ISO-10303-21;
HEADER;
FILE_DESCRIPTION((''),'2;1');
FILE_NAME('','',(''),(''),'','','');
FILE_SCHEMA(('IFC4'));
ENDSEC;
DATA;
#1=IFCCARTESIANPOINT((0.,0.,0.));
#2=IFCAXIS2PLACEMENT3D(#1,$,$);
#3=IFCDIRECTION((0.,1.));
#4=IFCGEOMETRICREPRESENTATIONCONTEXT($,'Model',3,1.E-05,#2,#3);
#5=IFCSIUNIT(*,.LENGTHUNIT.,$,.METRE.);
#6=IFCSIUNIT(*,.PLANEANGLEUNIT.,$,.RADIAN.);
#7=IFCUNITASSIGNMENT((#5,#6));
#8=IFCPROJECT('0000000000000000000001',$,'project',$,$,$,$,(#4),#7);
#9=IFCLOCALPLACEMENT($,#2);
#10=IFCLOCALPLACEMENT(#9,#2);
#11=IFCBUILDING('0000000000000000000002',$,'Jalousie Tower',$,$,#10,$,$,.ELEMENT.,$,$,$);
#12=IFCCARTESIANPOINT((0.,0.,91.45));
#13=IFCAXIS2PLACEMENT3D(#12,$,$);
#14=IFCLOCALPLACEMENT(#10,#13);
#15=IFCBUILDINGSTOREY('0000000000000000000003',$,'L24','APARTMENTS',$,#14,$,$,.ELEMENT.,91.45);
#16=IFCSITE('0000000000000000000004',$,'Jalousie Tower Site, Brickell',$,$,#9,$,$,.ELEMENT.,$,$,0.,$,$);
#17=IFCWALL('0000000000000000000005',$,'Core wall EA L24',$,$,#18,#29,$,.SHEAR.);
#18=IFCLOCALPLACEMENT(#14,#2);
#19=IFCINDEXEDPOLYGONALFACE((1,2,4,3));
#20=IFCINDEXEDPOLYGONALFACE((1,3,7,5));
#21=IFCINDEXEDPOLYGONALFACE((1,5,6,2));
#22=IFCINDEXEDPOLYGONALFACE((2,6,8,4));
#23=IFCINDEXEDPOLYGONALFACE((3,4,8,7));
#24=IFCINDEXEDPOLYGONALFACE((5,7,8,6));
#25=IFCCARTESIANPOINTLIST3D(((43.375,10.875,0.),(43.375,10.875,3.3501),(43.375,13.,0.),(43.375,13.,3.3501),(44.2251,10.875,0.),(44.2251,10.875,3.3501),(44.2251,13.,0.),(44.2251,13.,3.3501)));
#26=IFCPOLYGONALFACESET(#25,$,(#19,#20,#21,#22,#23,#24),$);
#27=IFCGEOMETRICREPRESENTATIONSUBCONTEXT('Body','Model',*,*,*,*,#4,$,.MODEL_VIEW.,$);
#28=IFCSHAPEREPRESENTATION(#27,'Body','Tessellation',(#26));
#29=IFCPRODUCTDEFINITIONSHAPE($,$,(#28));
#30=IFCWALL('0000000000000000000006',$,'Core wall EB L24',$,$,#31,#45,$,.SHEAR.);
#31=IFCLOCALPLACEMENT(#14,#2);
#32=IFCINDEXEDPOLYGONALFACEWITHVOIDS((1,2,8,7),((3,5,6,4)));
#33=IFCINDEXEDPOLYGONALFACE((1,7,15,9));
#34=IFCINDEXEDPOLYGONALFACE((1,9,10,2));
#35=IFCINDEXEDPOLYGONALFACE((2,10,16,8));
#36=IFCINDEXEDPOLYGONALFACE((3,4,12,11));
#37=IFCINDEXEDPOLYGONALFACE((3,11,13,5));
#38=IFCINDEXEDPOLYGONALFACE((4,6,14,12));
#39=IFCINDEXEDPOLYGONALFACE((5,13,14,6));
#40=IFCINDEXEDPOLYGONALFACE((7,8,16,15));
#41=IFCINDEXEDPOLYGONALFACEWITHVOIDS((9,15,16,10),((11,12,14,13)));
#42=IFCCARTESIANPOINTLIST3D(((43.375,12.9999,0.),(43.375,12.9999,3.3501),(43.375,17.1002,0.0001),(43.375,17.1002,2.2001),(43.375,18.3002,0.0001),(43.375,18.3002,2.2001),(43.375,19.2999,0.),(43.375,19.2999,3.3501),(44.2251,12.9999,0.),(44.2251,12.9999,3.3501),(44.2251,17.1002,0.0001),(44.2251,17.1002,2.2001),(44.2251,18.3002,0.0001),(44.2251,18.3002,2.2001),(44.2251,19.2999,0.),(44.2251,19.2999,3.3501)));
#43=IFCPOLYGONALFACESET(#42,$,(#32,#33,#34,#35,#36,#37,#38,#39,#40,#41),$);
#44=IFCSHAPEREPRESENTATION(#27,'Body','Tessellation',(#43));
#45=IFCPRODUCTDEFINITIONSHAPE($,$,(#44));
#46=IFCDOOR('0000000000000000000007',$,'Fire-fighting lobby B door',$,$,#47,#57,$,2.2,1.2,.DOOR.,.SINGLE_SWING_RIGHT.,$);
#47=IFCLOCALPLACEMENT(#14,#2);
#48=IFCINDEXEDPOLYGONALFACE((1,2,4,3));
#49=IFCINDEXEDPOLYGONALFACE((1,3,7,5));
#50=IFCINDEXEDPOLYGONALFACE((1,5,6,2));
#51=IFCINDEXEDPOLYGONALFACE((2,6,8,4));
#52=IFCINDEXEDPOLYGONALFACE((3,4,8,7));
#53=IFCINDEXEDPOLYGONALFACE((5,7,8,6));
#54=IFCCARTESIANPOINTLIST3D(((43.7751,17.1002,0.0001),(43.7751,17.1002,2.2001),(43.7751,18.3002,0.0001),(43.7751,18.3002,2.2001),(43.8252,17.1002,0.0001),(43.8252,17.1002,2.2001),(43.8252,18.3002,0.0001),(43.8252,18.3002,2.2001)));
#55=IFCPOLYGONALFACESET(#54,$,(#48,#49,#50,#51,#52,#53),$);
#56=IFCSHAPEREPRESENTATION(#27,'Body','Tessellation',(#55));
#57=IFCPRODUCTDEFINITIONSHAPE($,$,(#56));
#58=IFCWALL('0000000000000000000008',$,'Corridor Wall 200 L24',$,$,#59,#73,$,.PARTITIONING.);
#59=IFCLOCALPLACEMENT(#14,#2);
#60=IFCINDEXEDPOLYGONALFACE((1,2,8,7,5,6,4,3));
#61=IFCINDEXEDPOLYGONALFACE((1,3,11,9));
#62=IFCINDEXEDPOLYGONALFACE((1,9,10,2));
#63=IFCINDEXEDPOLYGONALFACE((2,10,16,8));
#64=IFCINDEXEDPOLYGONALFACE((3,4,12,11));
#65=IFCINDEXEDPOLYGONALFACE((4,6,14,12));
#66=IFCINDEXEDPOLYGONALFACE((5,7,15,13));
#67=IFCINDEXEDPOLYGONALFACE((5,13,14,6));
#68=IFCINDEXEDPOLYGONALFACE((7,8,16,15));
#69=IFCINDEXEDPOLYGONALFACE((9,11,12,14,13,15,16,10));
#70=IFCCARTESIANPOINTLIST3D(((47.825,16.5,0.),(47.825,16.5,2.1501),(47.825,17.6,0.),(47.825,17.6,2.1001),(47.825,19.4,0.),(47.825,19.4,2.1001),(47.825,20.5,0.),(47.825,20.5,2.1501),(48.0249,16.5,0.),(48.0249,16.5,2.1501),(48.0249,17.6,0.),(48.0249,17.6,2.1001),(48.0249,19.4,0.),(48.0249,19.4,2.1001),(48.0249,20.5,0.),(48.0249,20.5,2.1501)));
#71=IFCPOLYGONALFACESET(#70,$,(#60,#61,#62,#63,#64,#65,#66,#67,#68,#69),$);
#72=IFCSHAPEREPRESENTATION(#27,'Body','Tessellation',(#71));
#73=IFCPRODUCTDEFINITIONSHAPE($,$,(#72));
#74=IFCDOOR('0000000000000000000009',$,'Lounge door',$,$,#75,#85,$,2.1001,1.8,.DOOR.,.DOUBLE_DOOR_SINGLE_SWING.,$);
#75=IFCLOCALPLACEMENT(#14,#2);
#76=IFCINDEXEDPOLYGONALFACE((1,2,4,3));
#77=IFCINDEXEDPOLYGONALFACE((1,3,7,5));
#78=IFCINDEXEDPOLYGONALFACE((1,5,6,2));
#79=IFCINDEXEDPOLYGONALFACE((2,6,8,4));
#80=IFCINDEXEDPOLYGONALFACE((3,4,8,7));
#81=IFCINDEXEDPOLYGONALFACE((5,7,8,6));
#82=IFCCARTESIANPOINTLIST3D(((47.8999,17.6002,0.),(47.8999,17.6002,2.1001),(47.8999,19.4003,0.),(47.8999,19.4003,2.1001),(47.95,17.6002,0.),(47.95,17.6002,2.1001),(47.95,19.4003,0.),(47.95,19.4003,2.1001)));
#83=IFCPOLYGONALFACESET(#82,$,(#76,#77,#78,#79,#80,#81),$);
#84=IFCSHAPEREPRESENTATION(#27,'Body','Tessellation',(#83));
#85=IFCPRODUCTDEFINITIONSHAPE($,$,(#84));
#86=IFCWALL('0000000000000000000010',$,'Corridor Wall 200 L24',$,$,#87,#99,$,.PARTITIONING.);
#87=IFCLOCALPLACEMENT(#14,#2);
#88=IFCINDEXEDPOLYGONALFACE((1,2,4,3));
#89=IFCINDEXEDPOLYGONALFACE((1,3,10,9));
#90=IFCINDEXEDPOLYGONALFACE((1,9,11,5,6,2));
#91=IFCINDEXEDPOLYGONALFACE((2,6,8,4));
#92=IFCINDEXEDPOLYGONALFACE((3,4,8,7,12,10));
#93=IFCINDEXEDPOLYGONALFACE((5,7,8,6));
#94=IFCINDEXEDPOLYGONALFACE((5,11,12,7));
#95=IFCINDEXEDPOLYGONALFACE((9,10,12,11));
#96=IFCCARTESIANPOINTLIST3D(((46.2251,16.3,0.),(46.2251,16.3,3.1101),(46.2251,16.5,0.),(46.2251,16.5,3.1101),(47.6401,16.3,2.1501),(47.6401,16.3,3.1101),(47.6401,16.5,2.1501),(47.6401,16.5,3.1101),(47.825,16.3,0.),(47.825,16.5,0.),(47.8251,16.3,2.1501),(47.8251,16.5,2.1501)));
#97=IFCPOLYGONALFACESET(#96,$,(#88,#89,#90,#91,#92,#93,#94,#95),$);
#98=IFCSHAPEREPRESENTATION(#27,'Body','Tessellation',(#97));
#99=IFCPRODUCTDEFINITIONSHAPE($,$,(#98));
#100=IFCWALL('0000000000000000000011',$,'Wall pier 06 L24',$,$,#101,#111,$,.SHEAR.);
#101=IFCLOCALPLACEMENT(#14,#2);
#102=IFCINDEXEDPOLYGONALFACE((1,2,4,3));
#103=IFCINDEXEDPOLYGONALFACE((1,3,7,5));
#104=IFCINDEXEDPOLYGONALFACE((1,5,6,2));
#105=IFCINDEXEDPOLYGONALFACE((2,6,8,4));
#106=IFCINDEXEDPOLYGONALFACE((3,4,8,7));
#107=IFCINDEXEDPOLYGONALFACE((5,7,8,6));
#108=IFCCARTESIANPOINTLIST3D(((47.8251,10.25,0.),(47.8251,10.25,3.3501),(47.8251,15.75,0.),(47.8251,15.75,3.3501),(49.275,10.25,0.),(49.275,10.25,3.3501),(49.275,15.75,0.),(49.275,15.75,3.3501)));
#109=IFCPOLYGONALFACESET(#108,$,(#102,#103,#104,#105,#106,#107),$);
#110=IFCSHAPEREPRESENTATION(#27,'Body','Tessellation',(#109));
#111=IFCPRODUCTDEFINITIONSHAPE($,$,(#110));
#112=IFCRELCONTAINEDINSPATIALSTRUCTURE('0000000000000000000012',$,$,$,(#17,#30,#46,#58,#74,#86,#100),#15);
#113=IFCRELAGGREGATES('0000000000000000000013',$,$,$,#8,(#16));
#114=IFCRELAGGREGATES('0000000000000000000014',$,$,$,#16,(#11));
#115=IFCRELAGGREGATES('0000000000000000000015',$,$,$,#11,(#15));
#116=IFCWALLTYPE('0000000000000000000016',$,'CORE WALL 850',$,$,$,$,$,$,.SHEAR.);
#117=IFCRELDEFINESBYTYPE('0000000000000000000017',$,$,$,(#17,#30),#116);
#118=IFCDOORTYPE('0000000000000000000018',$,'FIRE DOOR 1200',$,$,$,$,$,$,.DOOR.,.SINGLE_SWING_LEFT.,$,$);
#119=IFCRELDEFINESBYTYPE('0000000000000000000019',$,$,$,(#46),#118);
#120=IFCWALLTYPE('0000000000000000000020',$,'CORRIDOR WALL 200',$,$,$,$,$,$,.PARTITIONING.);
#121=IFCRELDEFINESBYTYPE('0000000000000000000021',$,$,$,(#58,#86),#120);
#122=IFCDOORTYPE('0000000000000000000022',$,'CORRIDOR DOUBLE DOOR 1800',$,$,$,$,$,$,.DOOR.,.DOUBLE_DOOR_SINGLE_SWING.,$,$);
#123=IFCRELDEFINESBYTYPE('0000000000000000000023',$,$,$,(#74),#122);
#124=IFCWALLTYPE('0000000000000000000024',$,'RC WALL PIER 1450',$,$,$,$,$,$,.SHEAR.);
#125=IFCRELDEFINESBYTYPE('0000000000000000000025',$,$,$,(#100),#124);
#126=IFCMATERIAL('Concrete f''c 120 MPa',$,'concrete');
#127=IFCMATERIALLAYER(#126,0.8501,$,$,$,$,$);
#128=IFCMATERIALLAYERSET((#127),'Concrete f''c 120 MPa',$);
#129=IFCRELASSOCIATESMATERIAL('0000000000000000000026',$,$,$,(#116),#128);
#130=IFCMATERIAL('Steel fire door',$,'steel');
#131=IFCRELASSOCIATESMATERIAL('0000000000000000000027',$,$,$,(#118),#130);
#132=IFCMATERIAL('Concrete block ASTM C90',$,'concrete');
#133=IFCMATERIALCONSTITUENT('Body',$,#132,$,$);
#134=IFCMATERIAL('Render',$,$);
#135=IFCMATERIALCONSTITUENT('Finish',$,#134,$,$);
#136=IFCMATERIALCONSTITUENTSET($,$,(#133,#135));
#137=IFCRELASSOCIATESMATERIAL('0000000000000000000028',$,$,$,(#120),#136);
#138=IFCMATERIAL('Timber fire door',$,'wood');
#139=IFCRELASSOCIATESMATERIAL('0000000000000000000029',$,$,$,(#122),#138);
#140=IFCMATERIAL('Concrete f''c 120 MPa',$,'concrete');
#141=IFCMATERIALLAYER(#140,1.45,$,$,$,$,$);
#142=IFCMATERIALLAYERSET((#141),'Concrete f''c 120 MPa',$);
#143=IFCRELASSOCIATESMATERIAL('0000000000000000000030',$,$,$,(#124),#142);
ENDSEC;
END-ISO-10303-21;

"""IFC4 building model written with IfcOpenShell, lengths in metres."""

from ifc_helpers import new_model, si_unit, direction, frame, frame_2d, origin, place, context, subcontext, project, spatial, polyline, rectangle, outline, extrude, material, layer, layer_set, constituent, constituent_set, type_object, element, fill, save


model = new_model("IFC4")

# Units and contexts
model_context = context("Model", 3, precision=1e-05, world=origin(), true_north=direction((0.0, 1.0)))
body_context = subcontext(model_context, "Body", "Model", "MODEL_VIEW")
ifc_project = project(units=[si_unit("LENGTHUNIT", "METRE"), si_unit("PLANEANGLEUNIT", "RADIAN")], contexts=[model_context])

# Site, building, storey
site_placement = place(None, origin())
site = spatial("IfcSite", under=ifc_project, at=site_placement, Name="Jalousie Tower Site, Brickell", CompositionType="ELEMENT", RefElevation=0.0)
building_placement = place(site_placement, origin())
building = spatial("IfcBuilding", under=site, at=building_placement, Name="Jalousie Tower", CompositionType="ELEMENT")
storey_placement = place(building_placement, frame((0.0, 0.0, 91.45)))
storey = spatial("IfcBuildingStorey", under=building, at=storey_placement, Name="L24", Description="APARTMENTS", CompositionType="ELEMENT", Elevation=91.45)

# Wall
ifc_material_1 = material(Name="Concrete f'c 120 MPa", Category="concrete")
ifc_layer_1 = layer(ifc_material_1, 0.8501)
ifc_layer_set_1 = layer_set([ifc_layer_1], Name="Concrete f'c 120 MPa")
wall_type_1 = type_object("IfcWallType", Name="CORE WALL 850", PredefinedType="SHEAR", material=ifc_layer_set_1)
wall_1_placement = place(storey_placement, frame((43.8, 10.875, 0.0), z_axis=(0.0, 0.0, 1.0), x_axis=(0.0, 1.0, 0.0)))
element("IfcWall", 1, at=wall_1_placement, inside=storey, type_object=wall_type_1, Name="Core wall EA L24", PredefinedType="SHEAR", context=body_context, shape_type="SweptSolid", body=[
    extrude(rectangle(XDim=2.125, YDim=0.8501, at=frame_2d((1.0625, 0.0))), origin(), (0.0, 0.0, 1.0), 3.3501),
])

# Walls, openings, doors
wall_2_placement = place(storey_placement, frame((43.8, 13.0, 0.0), z_axis=(0.0, 0.0, 1.0), x_axis=(0.0, 1.0, 0.0)))
wall_2 = element("IfcWall", 2, at=wall_2_placement, inside=storey, type_object=wall_type_1, Name="Core wall EB L24", PredefinedType="SHEAR", context=body_context, shape_type="SweptSolid", body=[
    extrude(rectangle(XDim=6.3, YDim=0.8501, at=frame_2d((3.1499, 0.0))), origin(), (0.0, 0.0, 1.0), 3.3501),
])
opening_1_placement = place(wall_2_placement, frame((4.1001, 0.0, 0.0)))
opening_1 = element("IfcOpeningElement", 3, at=opening_1_placement, cuts=wall_2, PredefinedType="OPENING", context=body_context, shape_type="SweptSolid", body=[
    extrude(rectangle(XDim=1.2, YDim=2.2, at=frame_2d((0.6001, 1.1001))), frame((0.0, 0.4351, 0.0), z_axis=(0.0, -1.0, 0.0), x_axis=(1.0, 0.0, 0.0)), (0.0, 0.0, 1.0), 0.8701),
])
ifc_material_2 = material(Name="Steel fire door", Category="steel")
door_type_1 = type_object("IfcDoorType", Name="FIRE DOOR 1200", OperationType="SINGLE_SWING_LEFT", PredefinedType="DOOR", material=ifc_material_2)
door_1_placement = place(opening_1_placement, origin())
door_1 = element("IfcDoor", 4, at=door_1_placement, inside=storey, type_object=door_type_1, Name="Fire-fighting lobby B door", OperationType="SINGLE_SWING_RIGHT", OverallHeight=2.2, OverallWidth=1.2, PredefinedType="DOOR", context=body_context, shape_type="SweptSolid", body=[
    extrude(rectangle(XDim=1.2, YDim=2.2, at=frame_2d((0.6001, 1.1001))), frame((0.0, 0.0249, 0.0), z_axis=(0.0, -1.0, 0.0), x_axis=(1.0, 0.0, 0.0)), (0.0, 0.0, 1.0), 0.05),
])
fill(opening_1, door_1)
ifc_material_3 = material(Name="Concrete block ASTM C90", Category="concrete")
ifc_constituent_1 = constituent(ifc_material_3, Name="Body")
ifc_material_4 = material(Name="Render")
ifc_constituent_2 = constituent(ifc_material_4, Name="Finish")
ifc_constituent_set = constituent_set(constituents=[ifc_constituent_1, ifc_constituent_2])
wall_type_2 = type_object("IfcWallType", Name="CORRIDOR WALL 200", PredefinedType="PARTITIONING", material=ifc_constituent_set)
wall_3_placement = place(storey_placement, frame((47.925, 16.5, 0.0), z_axis=(0.0, 0.0, 1.0), x_axis=(0.0, 1.0, 0.0)))
wall_3 = element("IfcWall", 5, at=wall_3_placement, inside=storey, type_object=wall_type_2, Name="Corridor Wall 200 L24", PredefinedType="PARTITIONING", context=body_context, shape_type="SweptSolid", body=[
    extrude(outline(polyline([(0.0, 0.0), (4.0, 0.0), (4.0, 3.1101), (4.0, 2.1501), (0.0, 2.1501), (0.0, 3.1101), (0.0, 0.0)])), frame((0.0, 0.1001, 0.0), z_axis=(0.0, -1.0, 0.0), x_axis=(1.0, 0.0, 0.0)), (0.0, 0.0, 1.0), 0.2),
])
opening_2_placement = place(wall_3_placement, frame((1.1001, 0.0, 0.0)))
opening_2 = element("IfcOpeningElement", 6, at=opening_2_placement, cuts=wall_3, PredefinedType="OPENING", context=body_context, shape_type="SweptSolid", body=[
    extrude(rectangle(XDim=1.8, YDim=2.1001, at=frame_2d((0.8999, 1.05))), frame((0.0, 0.1099, 0.0), z_axis=(0.0, -1.0, 0.0), x_axis=(1.0, 0.0, 0.0)), (0.0, 0.0, 1.0), 0.22),
])
ifc_material_5 = material(Name="Timber fire door", Category="wood")
door_type_2 = type_object("IfcDoorType", Name="CORRIDOR DOUBLE DOOR 1800", OperationType="DOUBLE_DOOR_SINGLE_SWING", PredefinedType="DOOR", material=ifc_material_5)
door_2_placement = place(opening_2_placement, frame((1.8, 0.0, 0.0), z_axis=(0.0, 0.0, 1.0), x_axis=(-1.0, 0.0, 0.0)))
door_2 = element("IfcDoor", 7, at=door_2_placement, inside=storey, type_object=door_type_2, Name="Lounge door", OperationType="DOUBLE_DOOR_SINGLE_SWING", OverallHeight=2.1001, OverallWidth=1.8, PredefinedType="DOOR", context=body_context, shape_type="SweptSolid", body=[
    extrude(rectangle(XDim=1.8, YDim=2.1001, at=frame_2d((0.8999, 1.05))), frame((0.0, 0.0249, 0.0), z_axis=(0.0, -1.0, 0.0), x_axis=(1.0, 0.0, 0.0)), (0.0, 0.0, 1.0), 0.05),
])
fill(opening_2, door_2)

# Walls
wall_4_placement = place(storey_placement, frame((46.2251, 16.3999, 0.0), z_axis=(0.0, 0.0, 1.0), x_axis=(1.0, 0.0, 0.0)))
element("IfcWall", 8, at=wall_4_placement, inside=storey, type_object=wall_type_2, Name="Corridor Wall 200 L24", PredefinedType="PARTITIONING", context=body_context, shape_type="SweptSolid", body=[
    extrude(outline(polyline([(0.0, 0.0), (1.5999, 0.0), (1.6001, 3.1101), (1.6001, 2.1501), (1.415, 2.1501), (1.415, 3.1101), (0.0, 3.1101), (0.0, 0.0)])), frame((0.0, 0.1001, 0.0), z_axis=(0.0, -1.0, 0.0), x_axis=(1.0, 0.0, 0.0)), (0.0, 0.0, 1.0), 0.2),
])
ifc_material_6 = material(Name="Concrete f'c 120 MPa", Category="concrete")
ifc_layer_2 = layer(ifc_material_6, 1.45)
ifc_layer_set_2 = layer_set([ifc_layer_2], Name="Concrete f'c 120 MPa")
wall_type_3 = type_object("IfcWallType", Name="RC WALL PIER 1450", PredefinedType="SHEAR", material=ifc_layer_set_2)
wall_5_placement = place(storey_placement, frame((48.55, 10.25, 0.0), z_axis=(0.0, 0.0, 1.0), x_axis=(0.0, 1.0, 0.0)))
element("IfcWall", 9, at=wall_5_placement, inside=storey, type_object=wall_type_3, Name="Wall pier 06 L24", PredefinedType="SHEAR", context=body_context, shape_type="SweptSolid", body=[
    extrude(rectangle(XDim=5.5, YDim=1.45, at=frame_2d((2.75, 0.0))), origin(), (0.0, 0.0, 1.0), 3.3501),
])

save(model, "model.ifc")
